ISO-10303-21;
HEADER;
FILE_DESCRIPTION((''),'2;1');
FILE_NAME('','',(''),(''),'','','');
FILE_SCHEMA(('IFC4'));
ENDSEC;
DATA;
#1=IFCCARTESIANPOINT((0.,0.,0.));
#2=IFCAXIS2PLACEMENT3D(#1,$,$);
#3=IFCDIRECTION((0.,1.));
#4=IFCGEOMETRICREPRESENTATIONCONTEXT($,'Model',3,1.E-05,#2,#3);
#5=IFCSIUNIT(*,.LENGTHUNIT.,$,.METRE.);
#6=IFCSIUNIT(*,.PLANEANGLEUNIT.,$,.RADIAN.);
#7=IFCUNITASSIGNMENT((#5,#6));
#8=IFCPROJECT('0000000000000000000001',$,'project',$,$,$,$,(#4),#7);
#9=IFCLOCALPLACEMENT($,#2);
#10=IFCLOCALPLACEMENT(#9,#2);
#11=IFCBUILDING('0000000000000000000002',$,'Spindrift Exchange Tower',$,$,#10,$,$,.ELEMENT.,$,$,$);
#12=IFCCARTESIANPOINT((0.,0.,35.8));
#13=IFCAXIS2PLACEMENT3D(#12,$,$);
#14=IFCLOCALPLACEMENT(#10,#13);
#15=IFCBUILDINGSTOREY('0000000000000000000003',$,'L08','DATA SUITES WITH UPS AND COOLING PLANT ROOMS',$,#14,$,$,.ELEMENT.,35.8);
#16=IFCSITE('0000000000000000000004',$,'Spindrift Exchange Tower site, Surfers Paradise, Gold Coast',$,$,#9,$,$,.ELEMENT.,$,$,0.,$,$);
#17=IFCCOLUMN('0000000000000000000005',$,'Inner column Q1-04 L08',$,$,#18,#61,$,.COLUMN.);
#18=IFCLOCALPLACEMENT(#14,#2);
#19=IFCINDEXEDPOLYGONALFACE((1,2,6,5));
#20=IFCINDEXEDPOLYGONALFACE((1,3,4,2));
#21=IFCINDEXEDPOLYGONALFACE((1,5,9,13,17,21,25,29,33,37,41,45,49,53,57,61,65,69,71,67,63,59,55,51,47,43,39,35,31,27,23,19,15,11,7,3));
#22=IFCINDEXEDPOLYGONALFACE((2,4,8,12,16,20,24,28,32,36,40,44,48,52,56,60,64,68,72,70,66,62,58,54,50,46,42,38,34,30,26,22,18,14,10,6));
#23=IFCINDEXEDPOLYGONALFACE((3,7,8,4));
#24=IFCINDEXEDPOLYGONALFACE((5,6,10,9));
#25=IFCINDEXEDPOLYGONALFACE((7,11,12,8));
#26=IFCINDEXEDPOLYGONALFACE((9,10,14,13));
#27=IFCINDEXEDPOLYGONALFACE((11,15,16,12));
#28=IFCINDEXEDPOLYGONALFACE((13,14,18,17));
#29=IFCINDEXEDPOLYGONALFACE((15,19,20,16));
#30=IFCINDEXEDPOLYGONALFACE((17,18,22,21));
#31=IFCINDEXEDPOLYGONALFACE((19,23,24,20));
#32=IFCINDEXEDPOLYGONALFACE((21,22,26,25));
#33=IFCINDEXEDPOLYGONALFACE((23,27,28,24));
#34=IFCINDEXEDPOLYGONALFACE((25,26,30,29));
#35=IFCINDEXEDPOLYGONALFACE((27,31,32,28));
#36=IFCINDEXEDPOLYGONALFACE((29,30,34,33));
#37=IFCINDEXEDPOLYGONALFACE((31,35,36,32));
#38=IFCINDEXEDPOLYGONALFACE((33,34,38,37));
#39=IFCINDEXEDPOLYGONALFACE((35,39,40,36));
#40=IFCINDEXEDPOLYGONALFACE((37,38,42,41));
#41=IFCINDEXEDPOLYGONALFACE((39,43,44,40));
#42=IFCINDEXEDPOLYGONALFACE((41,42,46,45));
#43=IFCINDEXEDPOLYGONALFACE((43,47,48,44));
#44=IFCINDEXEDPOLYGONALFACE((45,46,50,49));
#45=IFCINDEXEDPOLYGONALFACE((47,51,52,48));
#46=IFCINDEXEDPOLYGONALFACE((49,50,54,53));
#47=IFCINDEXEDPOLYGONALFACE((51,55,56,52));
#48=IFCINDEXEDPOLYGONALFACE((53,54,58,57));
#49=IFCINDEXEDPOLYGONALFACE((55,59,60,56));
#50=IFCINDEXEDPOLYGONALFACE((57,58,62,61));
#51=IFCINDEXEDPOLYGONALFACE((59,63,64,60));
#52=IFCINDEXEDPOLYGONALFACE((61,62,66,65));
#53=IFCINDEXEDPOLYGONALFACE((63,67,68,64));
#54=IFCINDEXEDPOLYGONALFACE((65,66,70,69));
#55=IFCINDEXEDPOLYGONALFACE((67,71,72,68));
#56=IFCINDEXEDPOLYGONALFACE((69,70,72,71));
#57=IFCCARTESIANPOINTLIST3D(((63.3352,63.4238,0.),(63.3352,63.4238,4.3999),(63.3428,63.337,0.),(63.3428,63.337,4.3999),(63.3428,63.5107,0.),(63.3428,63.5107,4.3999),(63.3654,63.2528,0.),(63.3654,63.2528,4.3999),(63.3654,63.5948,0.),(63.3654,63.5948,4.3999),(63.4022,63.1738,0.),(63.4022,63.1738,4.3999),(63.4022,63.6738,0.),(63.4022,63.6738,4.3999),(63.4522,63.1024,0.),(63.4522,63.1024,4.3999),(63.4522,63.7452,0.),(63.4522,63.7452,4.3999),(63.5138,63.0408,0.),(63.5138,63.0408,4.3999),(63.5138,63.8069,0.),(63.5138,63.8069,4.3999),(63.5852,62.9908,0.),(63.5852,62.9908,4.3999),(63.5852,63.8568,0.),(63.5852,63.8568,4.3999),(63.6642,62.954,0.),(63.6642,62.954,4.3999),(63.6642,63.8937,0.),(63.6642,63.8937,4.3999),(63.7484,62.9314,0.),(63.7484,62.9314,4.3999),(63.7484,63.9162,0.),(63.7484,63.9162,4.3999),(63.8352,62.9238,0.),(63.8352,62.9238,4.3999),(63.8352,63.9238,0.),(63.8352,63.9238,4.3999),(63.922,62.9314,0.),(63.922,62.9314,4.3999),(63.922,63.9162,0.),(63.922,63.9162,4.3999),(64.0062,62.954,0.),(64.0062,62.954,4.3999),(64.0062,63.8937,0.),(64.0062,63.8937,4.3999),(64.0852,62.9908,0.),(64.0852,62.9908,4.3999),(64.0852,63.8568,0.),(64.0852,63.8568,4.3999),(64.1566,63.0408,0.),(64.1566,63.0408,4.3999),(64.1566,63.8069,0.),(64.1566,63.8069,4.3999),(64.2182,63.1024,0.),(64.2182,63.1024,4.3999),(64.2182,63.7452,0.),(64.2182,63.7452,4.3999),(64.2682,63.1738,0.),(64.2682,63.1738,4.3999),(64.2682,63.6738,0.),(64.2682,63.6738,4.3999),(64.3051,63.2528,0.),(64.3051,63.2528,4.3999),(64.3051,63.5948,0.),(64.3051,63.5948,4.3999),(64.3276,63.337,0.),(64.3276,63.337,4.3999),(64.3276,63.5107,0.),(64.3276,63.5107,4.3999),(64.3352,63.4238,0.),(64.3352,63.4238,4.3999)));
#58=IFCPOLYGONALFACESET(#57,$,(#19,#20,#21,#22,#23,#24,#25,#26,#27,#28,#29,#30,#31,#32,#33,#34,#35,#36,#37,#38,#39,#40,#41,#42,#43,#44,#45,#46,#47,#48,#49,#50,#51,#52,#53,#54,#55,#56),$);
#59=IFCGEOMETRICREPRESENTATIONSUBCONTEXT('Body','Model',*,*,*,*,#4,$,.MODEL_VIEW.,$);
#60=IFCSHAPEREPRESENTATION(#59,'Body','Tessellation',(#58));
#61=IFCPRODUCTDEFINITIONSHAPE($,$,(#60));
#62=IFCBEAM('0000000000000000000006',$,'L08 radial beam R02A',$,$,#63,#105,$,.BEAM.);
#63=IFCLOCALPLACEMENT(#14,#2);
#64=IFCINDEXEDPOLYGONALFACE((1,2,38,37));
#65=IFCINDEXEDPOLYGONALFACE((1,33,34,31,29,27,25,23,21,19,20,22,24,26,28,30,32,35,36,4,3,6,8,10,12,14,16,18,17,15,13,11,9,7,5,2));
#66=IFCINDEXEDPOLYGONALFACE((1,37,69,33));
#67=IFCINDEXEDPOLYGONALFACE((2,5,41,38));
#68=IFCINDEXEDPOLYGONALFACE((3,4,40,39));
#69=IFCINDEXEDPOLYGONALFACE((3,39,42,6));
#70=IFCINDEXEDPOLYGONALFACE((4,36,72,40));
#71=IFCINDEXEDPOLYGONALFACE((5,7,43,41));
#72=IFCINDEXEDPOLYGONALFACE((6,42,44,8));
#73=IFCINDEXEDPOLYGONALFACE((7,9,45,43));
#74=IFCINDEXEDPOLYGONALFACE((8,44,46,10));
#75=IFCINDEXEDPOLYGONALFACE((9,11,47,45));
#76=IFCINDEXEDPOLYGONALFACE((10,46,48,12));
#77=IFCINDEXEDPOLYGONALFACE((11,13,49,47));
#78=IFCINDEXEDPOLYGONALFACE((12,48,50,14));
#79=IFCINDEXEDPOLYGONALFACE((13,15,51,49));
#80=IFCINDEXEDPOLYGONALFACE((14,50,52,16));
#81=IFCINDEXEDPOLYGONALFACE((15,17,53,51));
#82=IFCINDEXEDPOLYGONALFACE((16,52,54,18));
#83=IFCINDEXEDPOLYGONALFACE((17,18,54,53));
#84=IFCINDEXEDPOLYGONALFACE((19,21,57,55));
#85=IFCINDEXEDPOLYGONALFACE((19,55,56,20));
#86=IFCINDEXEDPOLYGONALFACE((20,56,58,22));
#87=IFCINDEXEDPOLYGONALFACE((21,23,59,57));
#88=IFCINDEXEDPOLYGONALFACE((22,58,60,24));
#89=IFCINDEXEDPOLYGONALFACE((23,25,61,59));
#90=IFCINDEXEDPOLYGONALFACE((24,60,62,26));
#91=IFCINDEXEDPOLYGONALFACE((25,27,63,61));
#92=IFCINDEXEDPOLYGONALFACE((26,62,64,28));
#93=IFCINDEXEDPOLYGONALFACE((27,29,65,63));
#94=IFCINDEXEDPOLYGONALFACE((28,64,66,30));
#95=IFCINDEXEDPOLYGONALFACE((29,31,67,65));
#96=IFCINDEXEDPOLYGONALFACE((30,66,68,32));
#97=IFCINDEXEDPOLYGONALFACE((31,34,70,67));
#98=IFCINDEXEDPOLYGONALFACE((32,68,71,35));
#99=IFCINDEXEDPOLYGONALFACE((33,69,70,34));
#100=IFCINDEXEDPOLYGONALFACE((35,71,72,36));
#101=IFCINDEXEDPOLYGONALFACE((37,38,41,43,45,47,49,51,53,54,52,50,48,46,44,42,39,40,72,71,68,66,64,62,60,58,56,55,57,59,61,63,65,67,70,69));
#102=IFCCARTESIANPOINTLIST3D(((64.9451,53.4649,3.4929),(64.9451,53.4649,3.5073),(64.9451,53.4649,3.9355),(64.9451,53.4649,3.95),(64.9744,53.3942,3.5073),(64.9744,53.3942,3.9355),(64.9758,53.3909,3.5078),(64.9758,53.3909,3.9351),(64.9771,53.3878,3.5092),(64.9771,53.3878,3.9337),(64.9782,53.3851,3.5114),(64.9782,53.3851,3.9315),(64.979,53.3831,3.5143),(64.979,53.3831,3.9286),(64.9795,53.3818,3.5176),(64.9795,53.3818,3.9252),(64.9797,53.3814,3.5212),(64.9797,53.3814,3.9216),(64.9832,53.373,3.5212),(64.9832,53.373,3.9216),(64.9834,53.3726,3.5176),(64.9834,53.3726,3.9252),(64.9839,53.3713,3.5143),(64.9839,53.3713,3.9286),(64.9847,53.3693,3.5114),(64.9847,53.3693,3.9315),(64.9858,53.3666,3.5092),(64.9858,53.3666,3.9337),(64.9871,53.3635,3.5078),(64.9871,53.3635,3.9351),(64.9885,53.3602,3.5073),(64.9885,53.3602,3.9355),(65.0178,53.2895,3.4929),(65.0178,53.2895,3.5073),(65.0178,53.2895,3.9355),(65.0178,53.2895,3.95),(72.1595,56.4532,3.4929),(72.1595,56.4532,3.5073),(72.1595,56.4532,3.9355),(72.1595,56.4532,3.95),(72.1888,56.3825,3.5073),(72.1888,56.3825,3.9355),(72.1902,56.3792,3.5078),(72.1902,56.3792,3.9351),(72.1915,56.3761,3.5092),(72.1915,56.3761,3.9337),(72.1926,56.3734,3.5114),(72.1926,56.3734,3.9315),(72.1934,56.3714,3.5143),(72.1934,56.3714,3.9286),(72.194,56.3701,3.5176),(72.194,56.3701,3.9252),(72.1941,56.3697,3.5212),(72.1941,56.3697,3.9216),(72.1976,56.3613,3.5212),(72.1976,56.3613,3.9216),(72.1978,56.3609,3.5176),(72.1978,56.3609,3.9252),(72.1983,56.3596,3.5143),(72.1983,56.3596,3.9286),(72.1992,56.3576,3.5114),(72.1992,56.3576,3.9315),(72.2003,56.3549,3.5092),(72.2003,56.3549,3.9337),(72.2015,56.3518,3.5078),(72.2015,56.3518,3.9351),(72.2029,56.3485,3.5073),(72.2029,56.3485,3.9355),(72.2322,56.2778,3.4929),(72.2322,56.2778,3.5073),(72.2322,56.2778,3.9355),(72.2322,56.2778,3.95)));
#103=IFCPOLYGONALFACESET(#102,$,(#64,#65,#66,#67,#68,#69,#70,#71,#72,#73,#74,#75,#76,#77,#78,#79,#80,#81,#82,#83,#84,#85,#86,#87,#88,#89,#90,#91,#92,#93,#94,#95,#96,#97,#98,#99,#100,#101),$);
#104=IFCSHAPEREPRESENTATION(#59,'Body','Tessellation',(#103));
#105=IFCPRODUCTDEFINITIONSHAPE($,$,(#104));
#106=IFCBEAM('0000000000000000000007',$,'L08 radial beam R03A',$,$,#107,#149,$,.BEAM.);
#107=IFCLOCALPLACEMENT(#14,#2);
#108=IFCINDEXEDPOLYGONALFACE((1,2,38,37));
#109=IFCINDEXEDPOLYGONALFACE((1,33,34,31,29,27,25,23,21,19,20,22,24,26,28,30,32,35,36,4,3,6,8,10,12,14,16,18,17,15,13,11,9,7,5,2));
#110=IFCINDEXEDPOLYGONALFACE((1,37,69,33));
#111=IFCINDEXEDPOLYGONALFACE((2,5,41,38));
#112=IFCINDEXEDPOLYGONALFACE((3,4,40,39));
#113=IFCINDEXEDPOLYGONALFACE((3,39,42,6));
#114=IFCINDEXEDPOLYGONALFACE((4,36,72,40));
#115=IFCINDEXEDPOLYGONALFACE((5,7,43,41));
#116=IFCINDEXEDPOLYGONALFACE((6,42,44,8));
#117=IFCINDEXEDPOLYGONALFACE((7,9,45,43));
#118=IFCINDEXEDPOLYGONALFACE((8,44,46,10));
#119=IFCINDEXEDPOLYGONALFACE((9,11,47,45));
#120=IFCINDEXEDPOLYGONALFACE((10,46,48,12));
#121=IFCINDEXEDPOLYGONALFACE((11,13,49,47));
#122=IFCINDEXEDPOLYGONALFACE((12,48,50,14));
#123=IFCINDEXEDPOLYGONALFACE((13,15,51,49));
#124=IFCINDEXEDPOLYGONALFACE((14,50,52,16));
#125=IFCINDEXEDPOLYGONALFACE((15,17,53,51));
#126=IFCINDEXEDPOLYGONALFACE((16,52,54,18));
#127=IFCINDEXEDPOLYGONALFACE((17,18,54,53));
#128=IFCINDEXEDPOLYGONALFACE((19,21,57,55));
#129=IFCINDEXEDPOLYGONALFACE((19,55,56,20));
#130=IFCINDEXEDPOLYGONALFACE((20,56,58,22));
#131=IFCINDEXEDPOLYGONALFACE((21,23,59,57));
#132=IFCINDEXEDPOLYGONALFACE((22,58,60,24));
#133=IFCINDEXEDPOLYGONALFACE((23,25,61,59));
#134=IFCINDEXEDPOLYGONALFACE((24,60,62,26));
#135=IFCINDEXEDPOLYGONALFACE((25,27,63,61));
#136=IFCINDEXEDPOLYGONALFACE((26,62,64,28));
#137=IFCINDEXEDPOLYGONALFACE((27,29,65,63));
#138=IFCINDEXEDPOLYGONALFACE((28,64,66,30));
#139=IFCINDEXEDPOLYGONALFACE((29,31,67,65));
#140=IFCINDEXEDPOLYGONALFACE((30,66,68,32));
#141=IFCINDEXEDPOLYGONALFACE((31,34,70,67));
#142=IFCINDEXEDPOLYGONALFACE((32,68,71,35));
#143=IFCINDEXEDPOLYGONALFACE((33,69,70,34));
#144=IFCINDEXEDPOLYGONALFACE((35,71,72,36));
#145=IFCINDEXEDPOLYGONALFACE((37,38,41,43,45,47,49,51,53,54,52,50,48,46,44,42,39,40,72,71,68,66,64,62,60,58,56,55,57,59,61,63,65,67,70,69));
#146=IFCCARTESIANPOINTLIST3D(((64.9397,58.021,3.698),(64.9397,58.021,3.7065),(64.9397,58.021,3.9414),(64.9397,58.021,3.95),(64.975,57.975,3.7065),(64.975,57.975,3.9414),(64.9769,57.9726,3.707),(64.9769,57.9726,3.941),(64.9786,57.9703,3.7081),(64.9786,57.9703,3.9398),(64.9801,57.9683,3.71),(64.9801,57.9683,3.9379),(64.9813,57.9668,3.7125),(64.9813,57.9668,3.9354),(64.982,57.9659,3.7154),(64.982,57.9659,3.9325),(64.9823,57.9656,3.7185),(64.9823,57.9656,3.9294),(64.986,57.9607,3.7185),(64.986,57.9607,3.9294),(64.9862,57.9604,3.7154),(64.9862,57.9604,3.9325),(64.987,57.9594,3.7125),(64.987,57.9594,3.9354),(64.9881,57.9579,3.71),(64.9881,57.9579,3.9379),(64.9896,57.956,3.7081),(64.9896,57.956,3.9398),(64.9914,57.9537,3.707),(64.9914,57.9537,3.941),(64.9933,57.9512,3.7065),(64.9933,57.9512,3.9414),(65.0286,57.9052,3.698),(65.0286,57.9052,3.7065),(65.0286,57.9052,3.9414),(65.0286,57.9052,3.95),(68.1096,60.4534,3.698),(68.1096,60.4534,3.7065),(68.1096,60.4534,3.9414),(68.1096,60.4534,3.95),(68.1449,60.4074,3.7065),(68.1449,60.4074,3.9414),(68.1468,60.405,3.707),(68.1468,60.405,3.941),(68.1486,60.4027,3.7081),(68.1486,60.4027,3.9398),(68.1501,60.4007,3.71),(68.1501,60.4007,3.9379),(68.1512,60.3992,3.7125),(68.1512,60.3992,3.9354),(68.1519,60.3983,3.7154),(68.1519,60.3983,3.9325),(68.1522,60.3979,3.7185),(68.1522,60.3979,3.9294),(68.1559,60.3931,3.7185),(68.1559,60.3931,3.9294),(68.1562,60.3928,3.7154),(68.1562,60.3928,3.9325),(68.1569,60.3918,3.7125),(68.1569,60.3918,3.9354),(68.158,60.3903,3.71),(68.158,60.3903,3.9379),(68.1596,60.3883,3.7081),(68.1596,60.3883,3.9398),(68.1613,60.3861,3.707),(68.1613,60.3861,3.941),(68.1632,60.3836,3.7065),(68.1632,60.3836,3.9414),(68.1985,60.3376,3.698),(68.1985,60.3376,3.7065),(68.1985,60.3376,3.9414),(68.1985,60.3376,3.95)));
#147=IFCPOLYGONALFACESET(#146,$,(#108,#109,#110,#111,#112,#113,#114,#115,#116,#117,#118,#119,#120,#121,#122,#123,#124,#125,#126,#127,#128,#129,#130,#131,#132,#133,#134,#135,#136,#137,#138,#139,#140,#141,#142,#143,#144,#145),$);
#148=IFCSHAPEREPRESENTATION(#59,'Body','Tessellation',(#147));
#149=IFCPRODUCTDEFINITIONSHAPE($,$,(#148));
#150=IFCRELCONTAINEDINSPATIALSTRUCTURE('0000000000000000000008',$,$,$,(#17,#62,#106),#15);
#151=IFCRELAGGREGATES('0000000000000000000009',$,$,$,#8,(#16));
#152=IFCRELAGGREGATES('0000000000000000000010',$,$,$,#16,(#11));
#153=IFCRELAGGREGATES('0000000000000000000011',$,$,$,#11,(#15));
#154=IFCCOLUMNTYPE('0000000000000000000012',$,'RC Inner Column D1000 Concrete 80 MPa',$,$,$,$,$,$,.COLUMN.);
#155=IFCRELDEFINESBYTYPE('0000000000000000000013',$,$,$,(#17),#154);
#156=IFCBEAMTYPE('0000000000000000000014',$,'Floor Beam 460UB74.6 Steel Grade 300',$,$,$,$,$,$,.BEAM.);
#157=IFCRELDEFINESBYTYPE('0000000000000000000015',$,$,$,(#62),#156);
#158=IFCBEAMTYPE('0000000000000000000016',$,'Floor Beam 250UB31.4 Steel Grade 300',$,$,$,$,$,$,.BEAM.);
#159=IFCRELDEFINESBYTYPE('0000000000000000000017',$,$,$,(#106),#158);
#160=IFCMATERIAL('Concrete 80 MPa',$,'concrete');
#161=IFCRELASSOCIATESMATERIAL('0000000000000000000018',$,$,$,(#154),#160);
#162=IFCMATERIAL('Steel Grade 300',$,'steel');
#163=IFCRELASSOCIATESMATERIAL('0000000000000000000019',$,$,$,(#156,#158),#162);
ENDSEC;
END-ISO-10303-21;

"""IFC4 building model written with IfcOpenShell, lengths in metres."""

from ifc_helpers import new_model, si_unit, direction, frame, origin, origin_2d, place, context, subcontext, project, spatial, circle, i_section, extrude, source, transform, mapped, material, material_profile, profile_set, type_object, element, save


model = new_model("IFC4")

# Units and contexts
model_context = context("Model", 3, precision=1e-05, world=origin(), true_north=direction((0.0, 1.0)))
body_context = subcontext(model_context, "Body", "Model", "MODEL_VIEW")
ifc_project = project(units=[si_unit("LENGTHUNIT", "METRE"), si_unit("PLANEANGLEUNIT", "RADIAN")], contexts=[model_context])

# Site, building, storey
site_placement = place(None, origin())
site = spatial("IfcSite", under=ifc_project, at=site_placement, Name="Spindrift Exchange Tower site, Surfers Paradise, Gold Coast", CompositionType="ELEMENT", RefElevation=0.0)
building_placement = place(site_placement, origin())
building = spatial("IfcBuilding", under=site, at=building_placement, Name="Spindrift Exchange Tower", CompositionType="ELEMENT")
storey_placement = place(building_placement, frame((0.0, 0.0, 35.8)))
storey = spatial("IfcBuildingStorey", under=building, at=storey_placement, Name="L08", Description="DATA SUITES WITH UPS AND COOLING PLANT ROOMS", CompositionType="ELEMENT", Elevation=35.8)

# Column
ifc_material_1 = material(Name="Concrete 80 MPa", Category="concrete")
ifc_material_profile_1 = material_profile(ifc_material_1, circle(Radius=0.5, at=origin_2d()), Name="RC D1000")
ifc_profile_set_1 = profile_set([ifc_material_profile_1], Name="Concrete 80 MPa")
column_type = type_object("IfcColumnType", Name="RC Inner Column D1000 Concrete 80 MPa", PredefinedType="COLUMN", material=ifc_profile_set_1)
shared_shape_1 = source(origin(), body_context, "Body", "SweptSolid", [
    extrude(circle(Radius=0.5, at=origin_2d()), origin(), (0.0, 0.0, 1.0), 4.3999),
])
column_placement = place(storey_placement, frame((63.8352, 63.4238, 0.0), z_axis=(0.0, 0.0, 1.0), x_axis=(1.0, 0.0, 0.0)))
element("IfcColumn", 1, at=column_placement, inside=storey, type_object=column_type, Name="Inner column Q1-04 L08", PredefinedType="COLUMN", context=body_context, shape_type="MappedRepresentation", body=[
    mapped(shared_shape_1, transform((0.0, 0.0, 0.0), scale=1.0)),
])

# Beams
ifc_material_2 = material(Name="Steel Grade 300", Category="steel")
ifc_material_profile_2 = material_profile(ifc_material_2, i_section(OverallWidth=0.1899, OverallDepth=0.457, WebThickness=0.009, FlangeThickness=0.0144, FilletRadius=0.0139, at=origin_2d()), Name="460UB74.6")
ifc_profile_set_2 = profile_set([ifc_material_profile_2], Name="Steel Grade 300")
beam_type_1 = type_object("IfcBeamType", Name="Floor Beam 460UB74.6 Steel Grade 300", PredefinedType="BEAM", material=ifc_profile_set_2)
shared_shape_2 = source(origin(), body_context, "Body", "SweptSolid", [
    extrude(i_section(OverallWidth=0.1899, OverallDepth=0.457, WebThickness=0.009, FlangeThickness=0.0144, FilletRadius=0.0139, at=origin_2d()), origin(), (0.0, 0.0, 1.0), 7.8088),
])
beam_1_placement = place(storey_placement, frame((64.9814, 53.3772, 3.7214), z_axis=(0.92388, 0.382683, 0.0), x_axis=(-0.382683, 0.92388, 0.0)))
element("IfcBeam", 2, at=beam_1_placement, inside=storey, type_object=beam_type_1, Name="L08 radial beam R02A", PredefinedType="BEAM", context=body_context, shape_type="MappedRepresentation", body=[
    mapped(shared_shape_2, transform((0.0, 0.0, 0.0), scale=1.0)),
])
ifc_material_profile_3 = material_profile(ifc_material_2, i_section(OverallWidth=0.146, OverallDepth=0.252, WebThickness=0.0061, FlangeThickness=0.0085, FilletRadius=0.012, at=origin_2d()), Name="250UB31.4")
ifc_profile_set_3 = profile_set([ifc_material_profile_3], Name="Steel Grade 300")
beam_type_2 = type_object("IfcBeamType", Name="Floor Beam 250UB31.4 Steel Grade 300", PredefinedType="BEAM", material=ifc_profile_set_3)
shared_shape_3 = source(origin(), body_context, "Body", "SweptSolid", [
    extrude(i_section(OverallWidth=0.146, OverallDepth=0.252, WebThickness=0.0061, FlangeThickness=0.0085, FilletRadius=0.012, at=origin_2d()), origin(), (0.0, 0.0, 1.0), 3.9956),
])
beam_2_placement = place(storey_placement, frame((64.9841, 57.9631, 3.824), z_axis=(0.793353, 0.608762, 0.0), x_axis=(-0.608762, 0.793353, 0.0)))
element("IfcBeam", 3, at=beam_2_placement, inside=storey, type_object=beam_type_2, Name="L08 radial beam R03A", PredefinedType="BEAM", context=body_context, shape_type="MappedRepresentation", body=[
    mapped(shared_shape_3, transform((0.0, 0.0, 0.0), scale=1.0)),
])

save(model, "model.ifc")
